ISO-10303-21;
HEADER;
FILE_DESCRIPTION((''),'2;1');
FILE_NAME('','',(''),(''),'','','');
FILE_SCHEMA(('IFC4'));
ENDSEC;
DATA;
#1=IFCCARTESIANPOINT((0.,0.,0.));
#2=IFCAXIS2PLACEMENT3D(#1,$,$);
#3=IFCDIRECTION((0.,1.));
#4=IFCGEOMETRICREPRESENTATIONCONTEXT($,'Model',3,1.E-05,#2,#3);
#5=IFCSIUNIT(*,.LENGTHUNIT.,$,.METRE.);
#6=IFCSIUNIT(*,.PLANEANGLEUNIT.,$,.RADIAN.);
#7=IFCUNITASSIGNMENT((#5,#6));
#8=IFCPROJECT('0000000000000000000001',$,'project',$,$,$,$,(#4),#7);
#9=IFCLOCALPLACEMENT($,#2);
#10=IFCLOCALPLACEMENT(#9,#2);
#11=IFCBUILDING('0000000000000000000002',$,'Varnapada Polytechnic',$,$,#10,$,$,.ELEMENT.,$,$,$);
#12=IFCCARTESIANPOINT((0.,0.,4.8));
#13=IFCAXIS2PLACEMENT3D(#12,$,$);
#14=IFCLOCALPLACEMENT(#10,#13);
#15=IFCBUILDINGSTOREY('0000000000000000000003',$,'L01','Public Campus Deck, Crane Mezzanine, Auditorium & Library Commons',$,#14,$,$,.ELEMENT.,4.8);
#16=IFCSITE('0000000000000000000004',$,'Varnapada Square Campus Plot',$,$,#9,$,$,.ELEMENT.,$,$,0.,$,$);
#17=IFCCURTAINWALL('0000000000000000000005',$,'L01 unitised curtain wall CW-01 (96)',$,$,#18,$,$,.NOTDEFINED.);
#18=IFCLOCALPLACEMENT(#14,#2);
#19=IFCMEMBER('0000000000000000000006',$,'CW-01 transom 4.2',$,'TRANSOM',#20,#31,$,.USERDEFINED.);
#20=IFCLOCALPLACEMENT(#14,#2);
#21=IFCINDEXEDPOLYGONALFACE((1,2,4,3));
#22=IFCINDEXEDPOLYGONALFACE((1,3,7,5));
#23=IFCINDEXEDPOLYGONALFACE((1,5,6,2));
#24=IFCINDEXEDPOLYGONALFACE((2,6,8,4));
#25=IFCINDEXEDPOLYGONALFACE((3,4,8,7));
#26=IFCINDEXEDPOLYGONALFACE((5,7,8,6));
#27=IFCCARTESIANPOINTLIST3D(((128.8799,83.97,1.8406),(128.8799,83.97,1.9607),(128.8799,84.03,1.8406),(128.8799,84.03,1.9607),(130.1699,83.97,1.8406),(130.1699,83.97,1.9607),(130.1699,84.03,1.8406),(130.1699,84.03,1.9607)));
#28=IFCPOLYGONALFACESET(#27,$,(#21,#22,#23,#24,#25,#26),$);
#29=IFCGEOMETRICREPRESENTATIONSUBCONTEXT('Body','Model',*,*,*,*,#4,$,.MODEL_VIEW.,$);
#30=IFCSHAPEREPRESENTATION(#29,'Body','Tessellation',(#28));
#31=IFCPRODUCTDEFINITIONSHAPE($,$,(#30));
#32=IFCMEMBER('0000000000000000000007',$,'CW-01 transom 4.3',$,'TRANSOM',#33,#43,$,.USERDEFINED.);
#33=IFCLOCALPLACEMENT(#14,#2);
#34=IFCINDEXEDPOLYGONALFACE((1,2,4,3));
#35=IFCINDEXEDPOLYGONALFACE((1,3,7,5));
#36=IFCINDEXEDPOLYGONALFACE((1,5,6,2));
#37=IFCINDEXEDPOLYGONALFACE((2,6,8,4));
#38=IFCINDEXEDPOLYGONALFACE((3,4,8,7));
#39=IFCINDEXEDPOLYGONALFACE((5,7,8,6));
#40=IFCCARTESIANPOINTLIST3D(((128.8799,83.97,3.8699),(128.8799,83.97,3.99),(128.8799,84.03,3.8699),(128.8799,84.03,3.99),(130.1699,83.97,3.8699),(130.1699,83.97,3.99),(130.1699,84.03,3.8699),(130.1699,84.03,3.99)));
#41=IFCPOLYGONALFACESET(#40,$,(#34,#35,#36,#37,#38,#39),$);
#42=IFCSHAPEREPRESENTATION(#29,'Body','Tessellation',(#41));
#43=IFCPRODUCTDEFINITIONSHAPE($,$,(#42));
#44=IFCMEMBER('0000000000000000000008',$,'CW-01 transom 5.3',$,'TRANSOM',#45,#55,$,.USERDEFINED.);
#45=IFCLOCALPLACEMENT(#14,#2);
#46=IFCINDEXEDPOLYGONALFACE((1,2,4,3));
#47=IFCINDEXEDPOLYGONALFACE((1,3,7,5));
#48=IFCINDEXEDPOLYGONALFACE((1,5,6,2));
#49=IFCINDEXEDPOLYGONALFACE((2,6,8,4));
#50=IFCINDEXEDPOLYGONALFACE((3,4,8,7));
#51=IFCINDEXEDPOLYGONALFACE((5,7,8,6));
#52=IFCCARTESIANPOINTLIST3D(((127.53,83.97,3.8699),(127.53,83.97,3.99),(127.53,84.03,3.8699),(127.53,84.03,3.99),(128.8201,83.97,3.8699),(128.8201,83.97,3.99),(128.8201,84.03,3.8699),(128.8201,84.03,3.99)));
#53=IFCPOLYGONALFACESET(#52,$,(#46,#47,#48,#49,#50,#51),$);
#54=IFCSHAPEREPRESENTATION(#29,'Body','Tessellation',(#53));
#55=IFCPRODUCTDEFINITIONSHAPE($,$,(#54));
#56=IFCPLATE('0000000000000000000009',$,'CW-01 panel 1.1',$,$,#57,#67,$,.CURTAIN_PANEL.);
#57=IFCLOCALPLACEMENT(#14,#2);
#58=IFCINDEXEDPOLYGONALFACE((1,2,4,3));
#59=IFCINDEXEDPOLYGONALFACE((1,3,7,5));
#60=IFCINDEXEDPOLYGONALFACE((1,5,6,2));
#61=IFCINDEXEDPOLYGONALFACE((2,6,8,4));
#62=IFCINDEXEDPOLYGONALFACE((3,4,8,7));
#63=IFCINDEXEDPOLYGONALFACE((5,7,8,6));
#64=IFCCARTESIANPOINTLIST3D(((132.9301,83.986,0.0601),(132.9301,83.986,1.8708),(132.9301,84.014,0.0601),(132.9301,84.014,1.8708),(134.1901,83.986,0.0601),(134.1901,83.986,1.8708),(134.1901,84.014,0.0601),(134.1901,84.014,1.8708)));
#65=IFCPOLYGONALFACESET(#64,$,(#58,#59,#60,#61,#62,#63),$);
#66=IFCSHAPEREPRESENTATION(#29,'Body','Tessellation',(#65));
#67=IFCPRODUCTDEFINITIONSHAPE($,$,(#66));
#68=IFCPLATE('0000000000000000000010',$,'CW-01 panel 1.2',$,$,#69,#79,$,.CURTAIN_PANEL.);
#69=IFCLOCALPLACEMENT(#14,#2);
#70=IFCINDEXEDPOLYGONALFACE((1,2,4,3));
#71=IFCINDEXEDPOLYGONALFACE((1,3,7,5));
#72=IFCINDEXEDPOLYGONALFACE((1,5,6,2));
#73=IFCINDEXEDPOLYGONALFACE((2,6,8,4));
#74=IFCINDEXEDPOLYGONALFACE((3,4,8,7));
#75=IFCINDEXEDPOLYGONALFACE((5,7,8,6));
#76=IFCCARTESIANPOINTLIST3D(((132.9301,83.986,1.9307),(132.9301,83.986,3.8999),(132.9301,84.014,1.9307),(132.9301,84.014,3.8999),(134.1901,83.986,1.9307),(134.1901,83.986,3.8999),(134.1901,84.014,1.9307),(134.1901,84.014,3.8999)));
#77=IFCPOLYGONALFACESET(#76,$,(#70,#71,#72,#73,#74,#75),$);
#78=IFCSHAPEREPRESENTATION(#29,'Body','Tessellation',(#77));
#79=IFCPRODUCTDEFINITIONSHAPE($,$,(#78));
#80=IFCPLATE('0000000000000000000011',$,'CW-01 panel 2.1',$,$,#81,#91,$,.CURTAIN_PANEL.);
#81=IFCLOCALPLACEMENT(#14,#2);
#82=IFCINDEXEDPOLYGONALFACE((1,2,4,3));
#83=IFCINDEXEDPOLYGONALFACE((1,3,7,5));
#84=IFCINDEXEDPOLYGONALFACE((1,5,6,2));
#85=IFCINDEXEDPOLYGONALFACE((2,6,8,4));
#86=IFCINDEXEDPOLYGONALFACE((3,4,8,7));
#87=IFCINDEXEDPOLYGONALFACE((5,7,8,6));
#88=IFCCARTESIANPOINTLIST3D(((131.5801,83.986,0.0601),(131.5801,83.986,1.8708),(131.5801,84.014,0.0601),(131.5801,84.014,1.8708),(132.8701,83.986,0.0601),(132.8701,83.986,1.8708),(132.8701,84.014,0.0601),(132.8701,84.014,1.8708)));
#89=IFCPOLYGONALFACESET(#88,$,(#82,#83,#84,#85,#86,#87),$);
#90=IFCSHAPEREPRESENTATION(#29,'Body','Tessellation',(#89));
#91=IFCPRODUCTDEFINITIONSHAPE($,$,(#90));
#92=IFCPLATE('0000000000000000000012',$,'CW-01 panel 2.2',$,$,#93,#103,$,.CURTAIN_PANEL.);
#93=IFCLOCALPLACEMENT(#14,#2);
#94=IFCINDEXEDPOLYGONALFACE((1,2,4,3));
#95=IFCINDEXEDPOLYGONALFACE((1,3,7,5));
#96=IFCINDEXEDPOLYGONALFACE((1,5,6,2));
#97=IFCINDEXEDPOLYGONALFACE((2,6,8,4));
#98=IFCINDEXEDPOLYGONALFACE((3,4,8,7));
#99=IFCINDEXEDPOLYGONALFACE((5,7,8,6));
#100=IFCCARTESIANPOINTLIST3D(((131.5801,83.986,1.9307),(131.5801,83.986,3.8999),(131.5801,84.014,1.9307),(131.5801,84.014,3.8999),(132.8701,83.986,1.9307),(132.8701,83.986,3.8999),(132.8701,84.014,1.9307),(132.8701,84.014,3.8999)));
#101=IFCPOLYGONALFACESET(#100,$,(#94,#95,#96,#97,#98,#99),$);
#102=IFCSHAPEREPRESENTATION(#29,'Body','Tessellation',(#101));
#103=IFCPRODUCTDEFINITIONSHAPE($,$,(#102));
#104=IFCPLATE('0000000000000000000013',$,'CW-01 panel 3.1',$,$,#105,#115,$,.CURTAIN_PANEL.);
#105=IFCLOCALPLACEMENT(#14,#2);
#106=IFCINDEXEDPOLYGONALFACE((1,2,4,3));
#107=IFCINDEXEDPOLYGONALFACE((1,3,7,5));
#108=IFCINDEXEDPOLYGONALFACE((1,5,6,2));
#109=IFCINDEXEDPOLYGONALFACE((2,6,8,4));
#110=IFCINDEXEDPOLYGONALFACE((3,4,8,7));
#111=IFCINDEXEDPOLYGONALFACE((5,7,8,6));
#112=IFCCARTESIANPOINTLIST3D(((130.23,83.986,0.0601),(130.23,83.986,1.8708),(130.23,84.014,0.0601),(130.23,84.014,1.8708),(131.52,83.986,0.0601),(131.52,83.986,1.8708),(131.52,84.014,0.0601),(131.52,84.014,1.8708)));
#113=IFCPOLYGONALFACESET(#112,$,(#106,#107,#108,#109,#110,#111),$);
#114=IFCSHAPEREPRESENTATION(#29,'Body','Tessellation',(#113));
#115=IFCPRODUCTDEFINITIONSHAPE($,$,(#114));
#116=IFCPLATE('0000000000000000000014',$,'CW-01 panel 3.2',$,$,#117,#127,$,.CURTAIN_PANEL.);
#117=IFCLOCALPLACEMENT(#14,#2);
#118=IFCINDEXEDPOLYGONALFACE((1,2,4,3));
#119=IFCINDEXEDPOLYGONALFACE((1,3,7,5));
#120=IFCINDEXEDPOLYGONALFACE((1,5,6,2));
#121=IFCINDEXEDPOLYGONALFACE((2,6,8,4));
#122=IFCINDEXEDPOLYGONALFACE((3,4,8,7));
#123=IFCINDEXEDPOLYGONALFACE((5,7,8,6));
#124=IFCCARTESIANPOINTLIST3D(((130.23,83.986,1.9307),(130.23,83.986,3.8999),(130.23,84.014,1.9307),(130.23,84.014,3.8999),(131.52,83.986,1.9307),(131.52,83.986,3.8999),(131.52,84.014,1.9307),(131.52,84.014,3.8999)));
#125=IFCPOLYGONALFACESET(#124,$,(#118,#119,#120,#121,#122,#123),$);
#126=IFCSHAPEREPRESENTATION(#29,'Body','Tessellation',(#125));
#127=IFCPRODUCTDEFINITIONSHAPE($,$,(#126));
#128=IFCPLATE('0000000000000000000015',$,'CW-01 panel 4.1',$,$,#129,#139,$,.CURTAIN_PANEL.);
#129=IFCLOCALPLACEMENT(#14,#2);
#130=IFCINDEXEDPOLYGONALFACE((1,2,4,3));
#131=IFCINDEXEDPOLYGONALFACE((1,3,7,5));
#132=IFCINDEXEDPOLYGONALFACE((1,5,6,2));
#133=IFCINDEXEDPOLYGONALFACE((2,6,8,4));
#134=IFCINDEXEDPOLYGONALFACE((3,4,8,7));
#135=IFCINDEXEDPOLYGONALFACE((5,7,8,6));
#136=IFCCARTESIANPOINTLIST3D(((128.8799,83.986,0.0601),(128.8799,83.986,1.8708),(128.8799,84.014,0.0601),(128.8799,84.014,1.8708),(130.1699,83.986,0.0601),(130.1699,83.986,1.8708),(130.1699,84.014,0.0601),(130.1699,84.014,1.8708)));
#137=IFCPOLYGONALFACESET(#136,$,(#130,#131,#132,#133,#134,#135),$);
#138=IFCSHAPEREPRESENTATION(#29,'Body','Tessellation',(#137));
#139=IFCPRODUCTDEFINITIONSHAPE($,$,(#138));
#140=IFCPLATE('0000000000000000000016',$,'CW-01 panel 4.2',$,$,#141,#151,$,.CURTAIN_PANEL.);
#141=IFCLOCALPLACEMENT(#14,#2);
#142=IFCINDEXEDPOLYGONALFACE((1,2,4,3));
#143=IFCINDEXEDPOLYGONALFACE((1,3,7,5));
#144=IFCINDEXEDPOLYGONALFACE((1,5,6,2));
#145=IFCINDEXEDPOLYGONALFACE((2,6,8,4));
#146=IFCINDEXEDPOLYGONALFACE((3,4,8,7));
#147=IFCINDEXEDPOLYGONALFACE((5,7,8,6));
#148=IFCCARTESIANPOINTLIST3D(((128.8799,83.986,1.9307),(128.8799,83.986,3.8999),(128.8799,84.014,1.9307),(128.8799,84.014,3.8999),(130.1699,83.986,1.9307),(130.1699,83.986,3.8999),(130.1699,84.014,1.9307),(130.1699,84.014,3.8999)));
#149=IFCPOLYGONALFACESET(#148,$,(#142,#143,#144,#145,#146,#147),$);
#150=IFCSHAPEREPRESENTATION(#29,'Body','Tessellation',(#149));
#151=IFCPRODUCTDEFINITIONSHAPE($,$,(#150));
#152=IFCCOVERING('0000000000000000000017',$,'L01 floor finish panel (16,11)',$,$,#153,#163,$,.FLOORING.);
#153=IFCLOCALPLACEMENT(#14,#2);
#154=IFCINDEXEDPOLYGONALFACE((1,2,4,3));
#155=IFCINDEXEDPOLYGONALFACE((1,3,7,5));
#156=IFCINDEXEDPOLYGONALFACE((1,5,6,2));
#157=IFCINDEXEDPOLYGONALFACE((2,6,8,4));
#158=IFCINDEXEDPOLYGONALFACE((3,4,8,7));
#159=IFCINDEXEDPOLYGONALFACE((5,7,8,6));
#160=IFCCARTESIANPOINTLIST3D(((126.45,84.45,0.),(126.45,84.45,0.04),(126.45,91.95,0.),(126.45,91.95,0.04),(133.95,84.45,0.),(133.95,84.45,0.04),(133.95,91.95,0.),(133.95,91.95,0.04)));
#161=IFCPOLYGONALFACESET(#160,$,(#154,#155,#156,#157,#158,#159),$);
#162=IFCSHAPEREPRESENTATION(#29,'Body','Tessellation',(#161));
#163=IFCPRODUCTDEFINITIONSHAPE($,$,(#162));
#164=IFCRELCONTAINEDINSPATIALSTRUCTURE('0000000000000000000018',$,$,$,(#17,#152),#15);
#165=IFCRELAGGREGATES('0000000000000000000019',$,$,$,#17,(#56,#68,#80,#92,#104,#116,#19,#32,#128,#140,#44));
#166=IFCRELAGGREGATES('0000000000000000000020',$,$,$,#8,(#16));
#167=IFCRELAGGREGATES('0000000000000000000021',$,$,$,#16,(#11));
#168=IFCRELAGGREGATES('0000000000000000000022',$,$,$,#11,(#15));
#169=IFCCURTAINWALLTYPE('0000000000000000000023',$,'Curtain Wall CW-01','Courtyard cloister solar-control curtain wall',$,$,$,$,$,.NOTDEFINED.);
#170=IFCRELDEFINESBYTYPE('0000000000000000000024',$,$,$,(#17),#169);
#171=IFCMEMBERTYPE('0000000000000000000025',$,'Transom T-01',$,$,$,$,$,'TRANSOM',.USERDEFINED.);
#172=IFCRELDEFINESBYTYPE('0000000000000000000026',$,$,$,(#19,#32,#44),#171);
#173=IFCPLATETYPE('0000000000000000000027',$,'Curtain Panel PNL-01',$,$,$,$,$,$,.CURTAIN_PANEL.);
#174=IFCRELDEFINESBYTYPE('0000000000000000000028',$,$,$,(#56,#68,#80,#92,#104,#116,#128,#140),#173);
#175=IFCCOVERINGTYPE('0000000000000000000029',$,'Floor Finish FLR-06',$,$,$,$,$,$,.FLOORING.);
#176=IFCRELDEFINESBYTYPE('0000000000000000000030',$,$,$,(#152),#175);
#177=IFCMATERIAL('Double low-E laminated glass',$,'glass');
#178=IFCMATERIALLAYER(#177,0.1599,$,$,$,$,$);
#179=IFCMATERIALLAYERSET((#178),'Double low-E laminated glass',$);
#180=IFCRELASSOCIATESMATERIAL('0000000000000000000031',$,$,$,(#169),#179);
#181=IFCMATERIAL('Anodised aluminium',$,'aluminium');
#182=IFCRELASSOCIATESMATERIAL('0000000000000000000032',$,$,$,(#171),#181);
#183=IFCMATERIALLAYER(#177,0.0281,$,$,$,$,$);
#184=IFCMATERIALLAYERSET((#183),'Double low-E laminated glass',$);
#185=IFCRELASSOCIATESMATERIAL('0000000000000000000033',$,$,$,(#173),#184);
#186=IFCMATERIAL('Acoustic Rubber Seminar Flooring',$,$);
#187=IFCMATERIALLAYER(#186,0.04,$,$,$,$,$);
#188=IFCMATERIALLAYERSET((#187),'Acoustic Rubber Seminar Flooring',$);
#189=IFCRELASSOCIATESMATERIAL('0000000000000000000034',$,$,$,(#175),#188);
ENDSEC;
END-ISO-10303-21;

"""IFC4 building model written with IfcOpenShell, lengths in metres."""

from ifc_helpers import new_model, si_unit, direction, frame, origin, origin_2d, place, context, subcontext, project, spatial, rectangle, extrude, material, layer, layer_set, material_profile, profile_set, type_object, element, aggregate, save


model = new_model("IFC4")

# Units and contexts
model_context = context("Model", 3, precision=1e-05, world=origin(), true_north=direction((0.0, 1.0)))
body_context = subcontext(model_context, "Body", "Model", "MODEL_VIEW")
ifc_project = project(units=[si_unit("LENGTHUNIT", "METRE"), si_unit("PLANEANGLEUNIT", "RADIAN")], contexts=[model_context])

# Site, building, storey
site_placement = place(None, origin())
site = spatial("IfcSite", under=ifc_project, at=site_placement, Name="Varnapada Square Campus Plot", CompositionType="ELEMENT", RefElevation=0.0)
building_placement = place(site_placement, origin())
building = spatial("IfcBuilding", under=site, at=building_placement, Name="Varnapada Polytechnic", CompositionType="ELEMENT")
storey_placement = place(building_placement, frame((0.0, 0.0, 4.8)))
storey = spatial("IfcBuildingStorey", under=building, at=storey_placement, Name="L01", Description="Public Campus Deck, Crane Mezzanine, Auditorium & Library Commons", CompositionType="ELEMENT", Elevation=4.8)

# Curtain wall, members, plates
ifc_material_1 = material(Name="Double low-E laminated glass", Category="glass")
ifc_layer_1 = layer(ifc_material_1, 0.1599)
ifc_layer_set_1 = layer_set([ifc_layer_1], Name="Double low-E laminated glass")
curtain_wall_type = type_object("IfcCurtainWallType", Name="Curtain Wall CW-01", Description="Courtyard cloister solar-control curtain wall", PredefinedType="NOTDEFINED", material=ifc_layer_set_1)
curtain_wall_placement = place(storey_placement, origin())
curtain_wall = element("IfcCurtainWall", 1, at=curtain_wall_placement, inside=storey, type_object=curtain_wall_type, Name="L01 unitised curtain wall CW-01 (96)", PredefinedType="NOTDEFINED")
ifc_material_2 = material(Name="Anodised aluminium", Category="aluminium")
ifc_material_profile_1 = material_profile(ifc_material_2, rectangle(XDim=0.0601, YDim=0.1201, at=origin_2d()), Name="ALU T60x120")
ifc_profile_set_1 = profile_set([ifc_material_profile_1], Name="Anodised aluminium")
member_type_1 = type_object("IfcMemberType", Name="Transom T-01", ElementType="TRANSOM", PredefinedType="USERDEFINED", material=ifc_profile_set_1)
member_1_placement = place(storey_placement, frame((130.1699, 84.0, 1.9006), z_axis=(-1.0, 0.0, 0.0), x_axis=(0.0, -1.0, 0.0)))
member_1 = element("IfcMember", 2, at=member_1_placement, type_object=member_type_1, Name="CW-01 transom 4.2", ObjectType="TRANSOM", PredefinedType="USERDEFINED", context=body_context, shape_type="SweptSolid", body=[
    extrude(rectangle(XDim=0.0601, YDim=0.1201, at=origin_2d()), origin(), (0.0, 0.0, 1.0), 1.29),
])
member_2_placement = place(storey_placement, frame((130.1699, 84.0, 3.9299), z_axis=(-1.0, 0.0, 0.0), x_axis=(0.0, -1.0, 0.0)))
member_2 = element("IfcMember", 3, at=member_2_placement, type_object=member_type_1, Name="CW-01 transom 4.3", ObjectType="TRANSOM", PredefinedType="USERDEFINED", context=body_context, shape_type="SweptSolid", body=[
    extrude(rectangle(XDim=0.0601, YDim=0.1201, at=origin_2d()), origin(), (0.0, 0.0, 1.0), 1.29),
])
member_3_placement = place(storey_placement, frame((128.8201, 84.0, 3.9299), z_axis=(-1.0, 0.0, 0.0), x_axis=(0.0, -1.0, 0.0)))
member_3 = element("IfcMember", 4, at=member_3_placement, type_object=member_type_1, Name="CW-01 transom 5.3", ObjectType="TRANSOM", PredefinedType="USERDEFINED", context=body_context, shape_type="SweptSolid", body=[
    extrude(rectangle(XDim=0.0601, YDim=0.1201, at=origin_2d()), origin(), (0.0, 0.0, 1.0), 1.29),
])
ifc_layer_2 = layer(ifc_material_1, 0.0281)
ifc_layer_set_2 = layer_set([ifc_layer_2], Name="Double low-E laminated glass")
plate_type = type_object("IfcPlateType", Name="Curtain Panel PNL-01", PredefinedType="CURTAIN_PANEL", material=ifc_layer_set_2)
plate_1_placement = place(storey_placement, frame((133.5601, 84.0, 0.0601), z_axis=(0.0, 0.0, 1.0), x_axis=(-1.0, 0.0, 0.0)))
plate_1 = element("IfcPlate", 5, at=plate_1_placement, type_object=plate_type, Name="CW-01 panel 1.1", PredefinedType="CURTAIN_PANEL", context=body_context, shape_type="SweptSolid", body=[
    extrude(rectangle(XDim=1.26, YDim=0.0281, at=origin_2d()), origin(), (0.0, 0.0, 1.0), 1.8108),
])
plate_2_placement = place(storey_placement, frame((133.5601, 84.0, 1.9307), z_axis=(0.0, 0.0, 1.0), x_axis=(-1.0, 0.0, 0.0)))
plate_2 = element("IfcPlate", 6, at=plate_2_placement, type_object=plate_type, Name="CW-01 panel 1.2", PredefinedType="CURTAIN_PANEL", context=body_context, shape_type="SweptSolid", body=[
    extrude(rectangle(XDim=1.26, YDim=0.0281, at=origin_2d()), origin(), (0.0, 0.0, 1.0), 1.9692),
])
plate_3_placement = place(storey_placement, frame((132.2251, 84.0, 0.0601), z_axis=(0.0, 0.0, 1.0), x_axis=(-1.0, 0.0, 0.0)))
plate_3 = element("IfcPlate", 7, at=plate_3_placement, type_object=plate_type, Name="CW-01 panel 2.1", PredefinedType="CURTAIN_PANEL", context=body_context, shape_type="SweptSolid", body=[
    extrude(rectangle(XDim=1.29, YDim=0.0281, at=origin_2d()), origin(), (0.0, 0.0, 1.0), 1.8108),
])
plate_4_placement = place(storey_placement, frame((132.2251, 84.0, 1.9307), z_axis=(0.0, 0.0, 1.0), x_axis=(-1.0, 0.0, 0.0)))
plate_4 = element("IfcPlate", 8, at=plate_4_placement, type_object=plate_type, Name="CW-01 panel 2.2", PredefinedType="CURTAIN_PANEL", context=body_context, shape_type="SweptSolid", body=[
    extrude(rectangle(XDim=1.29, YDim=0.0281, at=origin_2d()), origin(), (0.0, 0.0, 1.0), 1.9692),
])
plate_5_placement = place(storey_placement, frame((130.875, 84.0, 0.0601), z_axis=(0.0, 0.0, 1.0), x_axis=(-1.0, 0.0, 0.0)))
plate_5 = element("IfcPlate", 9, at=plate_5_placement, type_object=plate_type, Name="CW-01 panel 3.1", PredefinedType="CURTAIN_PANEL", context=body_context, shape_type="SweptSolid", body=[
    extrude(rectangle(XDim=1.29, YDim=0.0281, at=origin_2d()), origin(), (0.0, 0.0, 1.0), 1.8108),
])
plate_6_placement = place(storey_placement, frame((130.875, 84.0, 1.9307), z_axis=(0.0, 0.0, 1.0), x_axis=(-1.0, 0.0, 0.0)))
plate_6 = element("IfcPlate", 10, at=plate_6_placement, type_object=plate_type, Name="CW-01 panel 3.2", PredefinedType="CURTAIN_PANEL", context=body_context, shape_type="SweptSolid", body=[
    extrude(rectangle(XDim=1.29, YDim=0.0281, at=origin_2d()), origin(), (0.0, 0.0, 1.0), 1.9692),
])
plate_7_placement = place(storey_placement, frame((129.5249, 84.0, 0.0601), z_axis=(0.0, 0.0, 1.0), x_axis=(-1.0, 0.0, 0.0)))
plate_7 = element("IfcPlate", 11, at=plate_7_placement, type_object=plate_type, Name="CW-01 panel 4.1", PredefinedType="CURTAIN_PANEL", context=body_context, shape_type="SweptSolid", body=[
    extrude(rectangle(XDim=1.29, YDim=0.0281, at=origin_2d()), origin(), (0.0, 0.0, 1.0), 1.8108),
])
plate_8_placement = place(storey_placement, frame((129.5249, 84.0, 1.9307), z_axis=(0.0, 0.0, 1.0), x_axis=(-1.0, 0.0, 0.0)))
plate_8 = element("IfcPlate", 12, at=plate_8_placement, type_object=plate_type, Name="CW-01 panel 4.2", PredefinedType="CURTAIN_PANEL", context=body_context, shape_type="SweptSolid", body=[
    extrude(rectangle(XDim=1.29, YDim=0.0281, at=origin_2d()), origin(), (0.0, 0.0, 1.0), 1.9692),
])
aggregate(curtain_wall, [plate_1, plate_2, plate_3, plate_4, plate_5, plate_6, member_1, member_2, plate_7, plate_8, member_3])

# Covering
ifc_material_3 = material(Name="Acoustic Rubber Seminar Flooring")
ifc_layer_3 = layer(ifc_material_3, 0.04)
ifc_layer_set_3 = layer_set([ifc_layer_3], Name="Acoustic Rubber Seminar Flooring")
covering_type = type_object("IfcCoveringType", Name="Floor Finish FLR-06", PredefinedType="FLOORING", material=ifc_layer_set_3)
covering_placement = place(storey_placement, frame((130.2, 88.2, 0.0), z_axis=(0.0, 0.0, 1.0), x_axis=(1.0, 0.0, 0.0)))
element("IfcCovering", 13, at=covering_placement, inside=storey, type_object=covering_type, Name="L01 floor finish panel (16,11)", PredefinedType="FLOORING", context=body_context, shape_type="SweptSolid", body=[
    extrude(rectangle(XDim=7.5, YDim=7.5, at=origin_2d()), origin(), (0.0, 0.0, 1.0), 0.04),
])

save(model, "model.ifc")
